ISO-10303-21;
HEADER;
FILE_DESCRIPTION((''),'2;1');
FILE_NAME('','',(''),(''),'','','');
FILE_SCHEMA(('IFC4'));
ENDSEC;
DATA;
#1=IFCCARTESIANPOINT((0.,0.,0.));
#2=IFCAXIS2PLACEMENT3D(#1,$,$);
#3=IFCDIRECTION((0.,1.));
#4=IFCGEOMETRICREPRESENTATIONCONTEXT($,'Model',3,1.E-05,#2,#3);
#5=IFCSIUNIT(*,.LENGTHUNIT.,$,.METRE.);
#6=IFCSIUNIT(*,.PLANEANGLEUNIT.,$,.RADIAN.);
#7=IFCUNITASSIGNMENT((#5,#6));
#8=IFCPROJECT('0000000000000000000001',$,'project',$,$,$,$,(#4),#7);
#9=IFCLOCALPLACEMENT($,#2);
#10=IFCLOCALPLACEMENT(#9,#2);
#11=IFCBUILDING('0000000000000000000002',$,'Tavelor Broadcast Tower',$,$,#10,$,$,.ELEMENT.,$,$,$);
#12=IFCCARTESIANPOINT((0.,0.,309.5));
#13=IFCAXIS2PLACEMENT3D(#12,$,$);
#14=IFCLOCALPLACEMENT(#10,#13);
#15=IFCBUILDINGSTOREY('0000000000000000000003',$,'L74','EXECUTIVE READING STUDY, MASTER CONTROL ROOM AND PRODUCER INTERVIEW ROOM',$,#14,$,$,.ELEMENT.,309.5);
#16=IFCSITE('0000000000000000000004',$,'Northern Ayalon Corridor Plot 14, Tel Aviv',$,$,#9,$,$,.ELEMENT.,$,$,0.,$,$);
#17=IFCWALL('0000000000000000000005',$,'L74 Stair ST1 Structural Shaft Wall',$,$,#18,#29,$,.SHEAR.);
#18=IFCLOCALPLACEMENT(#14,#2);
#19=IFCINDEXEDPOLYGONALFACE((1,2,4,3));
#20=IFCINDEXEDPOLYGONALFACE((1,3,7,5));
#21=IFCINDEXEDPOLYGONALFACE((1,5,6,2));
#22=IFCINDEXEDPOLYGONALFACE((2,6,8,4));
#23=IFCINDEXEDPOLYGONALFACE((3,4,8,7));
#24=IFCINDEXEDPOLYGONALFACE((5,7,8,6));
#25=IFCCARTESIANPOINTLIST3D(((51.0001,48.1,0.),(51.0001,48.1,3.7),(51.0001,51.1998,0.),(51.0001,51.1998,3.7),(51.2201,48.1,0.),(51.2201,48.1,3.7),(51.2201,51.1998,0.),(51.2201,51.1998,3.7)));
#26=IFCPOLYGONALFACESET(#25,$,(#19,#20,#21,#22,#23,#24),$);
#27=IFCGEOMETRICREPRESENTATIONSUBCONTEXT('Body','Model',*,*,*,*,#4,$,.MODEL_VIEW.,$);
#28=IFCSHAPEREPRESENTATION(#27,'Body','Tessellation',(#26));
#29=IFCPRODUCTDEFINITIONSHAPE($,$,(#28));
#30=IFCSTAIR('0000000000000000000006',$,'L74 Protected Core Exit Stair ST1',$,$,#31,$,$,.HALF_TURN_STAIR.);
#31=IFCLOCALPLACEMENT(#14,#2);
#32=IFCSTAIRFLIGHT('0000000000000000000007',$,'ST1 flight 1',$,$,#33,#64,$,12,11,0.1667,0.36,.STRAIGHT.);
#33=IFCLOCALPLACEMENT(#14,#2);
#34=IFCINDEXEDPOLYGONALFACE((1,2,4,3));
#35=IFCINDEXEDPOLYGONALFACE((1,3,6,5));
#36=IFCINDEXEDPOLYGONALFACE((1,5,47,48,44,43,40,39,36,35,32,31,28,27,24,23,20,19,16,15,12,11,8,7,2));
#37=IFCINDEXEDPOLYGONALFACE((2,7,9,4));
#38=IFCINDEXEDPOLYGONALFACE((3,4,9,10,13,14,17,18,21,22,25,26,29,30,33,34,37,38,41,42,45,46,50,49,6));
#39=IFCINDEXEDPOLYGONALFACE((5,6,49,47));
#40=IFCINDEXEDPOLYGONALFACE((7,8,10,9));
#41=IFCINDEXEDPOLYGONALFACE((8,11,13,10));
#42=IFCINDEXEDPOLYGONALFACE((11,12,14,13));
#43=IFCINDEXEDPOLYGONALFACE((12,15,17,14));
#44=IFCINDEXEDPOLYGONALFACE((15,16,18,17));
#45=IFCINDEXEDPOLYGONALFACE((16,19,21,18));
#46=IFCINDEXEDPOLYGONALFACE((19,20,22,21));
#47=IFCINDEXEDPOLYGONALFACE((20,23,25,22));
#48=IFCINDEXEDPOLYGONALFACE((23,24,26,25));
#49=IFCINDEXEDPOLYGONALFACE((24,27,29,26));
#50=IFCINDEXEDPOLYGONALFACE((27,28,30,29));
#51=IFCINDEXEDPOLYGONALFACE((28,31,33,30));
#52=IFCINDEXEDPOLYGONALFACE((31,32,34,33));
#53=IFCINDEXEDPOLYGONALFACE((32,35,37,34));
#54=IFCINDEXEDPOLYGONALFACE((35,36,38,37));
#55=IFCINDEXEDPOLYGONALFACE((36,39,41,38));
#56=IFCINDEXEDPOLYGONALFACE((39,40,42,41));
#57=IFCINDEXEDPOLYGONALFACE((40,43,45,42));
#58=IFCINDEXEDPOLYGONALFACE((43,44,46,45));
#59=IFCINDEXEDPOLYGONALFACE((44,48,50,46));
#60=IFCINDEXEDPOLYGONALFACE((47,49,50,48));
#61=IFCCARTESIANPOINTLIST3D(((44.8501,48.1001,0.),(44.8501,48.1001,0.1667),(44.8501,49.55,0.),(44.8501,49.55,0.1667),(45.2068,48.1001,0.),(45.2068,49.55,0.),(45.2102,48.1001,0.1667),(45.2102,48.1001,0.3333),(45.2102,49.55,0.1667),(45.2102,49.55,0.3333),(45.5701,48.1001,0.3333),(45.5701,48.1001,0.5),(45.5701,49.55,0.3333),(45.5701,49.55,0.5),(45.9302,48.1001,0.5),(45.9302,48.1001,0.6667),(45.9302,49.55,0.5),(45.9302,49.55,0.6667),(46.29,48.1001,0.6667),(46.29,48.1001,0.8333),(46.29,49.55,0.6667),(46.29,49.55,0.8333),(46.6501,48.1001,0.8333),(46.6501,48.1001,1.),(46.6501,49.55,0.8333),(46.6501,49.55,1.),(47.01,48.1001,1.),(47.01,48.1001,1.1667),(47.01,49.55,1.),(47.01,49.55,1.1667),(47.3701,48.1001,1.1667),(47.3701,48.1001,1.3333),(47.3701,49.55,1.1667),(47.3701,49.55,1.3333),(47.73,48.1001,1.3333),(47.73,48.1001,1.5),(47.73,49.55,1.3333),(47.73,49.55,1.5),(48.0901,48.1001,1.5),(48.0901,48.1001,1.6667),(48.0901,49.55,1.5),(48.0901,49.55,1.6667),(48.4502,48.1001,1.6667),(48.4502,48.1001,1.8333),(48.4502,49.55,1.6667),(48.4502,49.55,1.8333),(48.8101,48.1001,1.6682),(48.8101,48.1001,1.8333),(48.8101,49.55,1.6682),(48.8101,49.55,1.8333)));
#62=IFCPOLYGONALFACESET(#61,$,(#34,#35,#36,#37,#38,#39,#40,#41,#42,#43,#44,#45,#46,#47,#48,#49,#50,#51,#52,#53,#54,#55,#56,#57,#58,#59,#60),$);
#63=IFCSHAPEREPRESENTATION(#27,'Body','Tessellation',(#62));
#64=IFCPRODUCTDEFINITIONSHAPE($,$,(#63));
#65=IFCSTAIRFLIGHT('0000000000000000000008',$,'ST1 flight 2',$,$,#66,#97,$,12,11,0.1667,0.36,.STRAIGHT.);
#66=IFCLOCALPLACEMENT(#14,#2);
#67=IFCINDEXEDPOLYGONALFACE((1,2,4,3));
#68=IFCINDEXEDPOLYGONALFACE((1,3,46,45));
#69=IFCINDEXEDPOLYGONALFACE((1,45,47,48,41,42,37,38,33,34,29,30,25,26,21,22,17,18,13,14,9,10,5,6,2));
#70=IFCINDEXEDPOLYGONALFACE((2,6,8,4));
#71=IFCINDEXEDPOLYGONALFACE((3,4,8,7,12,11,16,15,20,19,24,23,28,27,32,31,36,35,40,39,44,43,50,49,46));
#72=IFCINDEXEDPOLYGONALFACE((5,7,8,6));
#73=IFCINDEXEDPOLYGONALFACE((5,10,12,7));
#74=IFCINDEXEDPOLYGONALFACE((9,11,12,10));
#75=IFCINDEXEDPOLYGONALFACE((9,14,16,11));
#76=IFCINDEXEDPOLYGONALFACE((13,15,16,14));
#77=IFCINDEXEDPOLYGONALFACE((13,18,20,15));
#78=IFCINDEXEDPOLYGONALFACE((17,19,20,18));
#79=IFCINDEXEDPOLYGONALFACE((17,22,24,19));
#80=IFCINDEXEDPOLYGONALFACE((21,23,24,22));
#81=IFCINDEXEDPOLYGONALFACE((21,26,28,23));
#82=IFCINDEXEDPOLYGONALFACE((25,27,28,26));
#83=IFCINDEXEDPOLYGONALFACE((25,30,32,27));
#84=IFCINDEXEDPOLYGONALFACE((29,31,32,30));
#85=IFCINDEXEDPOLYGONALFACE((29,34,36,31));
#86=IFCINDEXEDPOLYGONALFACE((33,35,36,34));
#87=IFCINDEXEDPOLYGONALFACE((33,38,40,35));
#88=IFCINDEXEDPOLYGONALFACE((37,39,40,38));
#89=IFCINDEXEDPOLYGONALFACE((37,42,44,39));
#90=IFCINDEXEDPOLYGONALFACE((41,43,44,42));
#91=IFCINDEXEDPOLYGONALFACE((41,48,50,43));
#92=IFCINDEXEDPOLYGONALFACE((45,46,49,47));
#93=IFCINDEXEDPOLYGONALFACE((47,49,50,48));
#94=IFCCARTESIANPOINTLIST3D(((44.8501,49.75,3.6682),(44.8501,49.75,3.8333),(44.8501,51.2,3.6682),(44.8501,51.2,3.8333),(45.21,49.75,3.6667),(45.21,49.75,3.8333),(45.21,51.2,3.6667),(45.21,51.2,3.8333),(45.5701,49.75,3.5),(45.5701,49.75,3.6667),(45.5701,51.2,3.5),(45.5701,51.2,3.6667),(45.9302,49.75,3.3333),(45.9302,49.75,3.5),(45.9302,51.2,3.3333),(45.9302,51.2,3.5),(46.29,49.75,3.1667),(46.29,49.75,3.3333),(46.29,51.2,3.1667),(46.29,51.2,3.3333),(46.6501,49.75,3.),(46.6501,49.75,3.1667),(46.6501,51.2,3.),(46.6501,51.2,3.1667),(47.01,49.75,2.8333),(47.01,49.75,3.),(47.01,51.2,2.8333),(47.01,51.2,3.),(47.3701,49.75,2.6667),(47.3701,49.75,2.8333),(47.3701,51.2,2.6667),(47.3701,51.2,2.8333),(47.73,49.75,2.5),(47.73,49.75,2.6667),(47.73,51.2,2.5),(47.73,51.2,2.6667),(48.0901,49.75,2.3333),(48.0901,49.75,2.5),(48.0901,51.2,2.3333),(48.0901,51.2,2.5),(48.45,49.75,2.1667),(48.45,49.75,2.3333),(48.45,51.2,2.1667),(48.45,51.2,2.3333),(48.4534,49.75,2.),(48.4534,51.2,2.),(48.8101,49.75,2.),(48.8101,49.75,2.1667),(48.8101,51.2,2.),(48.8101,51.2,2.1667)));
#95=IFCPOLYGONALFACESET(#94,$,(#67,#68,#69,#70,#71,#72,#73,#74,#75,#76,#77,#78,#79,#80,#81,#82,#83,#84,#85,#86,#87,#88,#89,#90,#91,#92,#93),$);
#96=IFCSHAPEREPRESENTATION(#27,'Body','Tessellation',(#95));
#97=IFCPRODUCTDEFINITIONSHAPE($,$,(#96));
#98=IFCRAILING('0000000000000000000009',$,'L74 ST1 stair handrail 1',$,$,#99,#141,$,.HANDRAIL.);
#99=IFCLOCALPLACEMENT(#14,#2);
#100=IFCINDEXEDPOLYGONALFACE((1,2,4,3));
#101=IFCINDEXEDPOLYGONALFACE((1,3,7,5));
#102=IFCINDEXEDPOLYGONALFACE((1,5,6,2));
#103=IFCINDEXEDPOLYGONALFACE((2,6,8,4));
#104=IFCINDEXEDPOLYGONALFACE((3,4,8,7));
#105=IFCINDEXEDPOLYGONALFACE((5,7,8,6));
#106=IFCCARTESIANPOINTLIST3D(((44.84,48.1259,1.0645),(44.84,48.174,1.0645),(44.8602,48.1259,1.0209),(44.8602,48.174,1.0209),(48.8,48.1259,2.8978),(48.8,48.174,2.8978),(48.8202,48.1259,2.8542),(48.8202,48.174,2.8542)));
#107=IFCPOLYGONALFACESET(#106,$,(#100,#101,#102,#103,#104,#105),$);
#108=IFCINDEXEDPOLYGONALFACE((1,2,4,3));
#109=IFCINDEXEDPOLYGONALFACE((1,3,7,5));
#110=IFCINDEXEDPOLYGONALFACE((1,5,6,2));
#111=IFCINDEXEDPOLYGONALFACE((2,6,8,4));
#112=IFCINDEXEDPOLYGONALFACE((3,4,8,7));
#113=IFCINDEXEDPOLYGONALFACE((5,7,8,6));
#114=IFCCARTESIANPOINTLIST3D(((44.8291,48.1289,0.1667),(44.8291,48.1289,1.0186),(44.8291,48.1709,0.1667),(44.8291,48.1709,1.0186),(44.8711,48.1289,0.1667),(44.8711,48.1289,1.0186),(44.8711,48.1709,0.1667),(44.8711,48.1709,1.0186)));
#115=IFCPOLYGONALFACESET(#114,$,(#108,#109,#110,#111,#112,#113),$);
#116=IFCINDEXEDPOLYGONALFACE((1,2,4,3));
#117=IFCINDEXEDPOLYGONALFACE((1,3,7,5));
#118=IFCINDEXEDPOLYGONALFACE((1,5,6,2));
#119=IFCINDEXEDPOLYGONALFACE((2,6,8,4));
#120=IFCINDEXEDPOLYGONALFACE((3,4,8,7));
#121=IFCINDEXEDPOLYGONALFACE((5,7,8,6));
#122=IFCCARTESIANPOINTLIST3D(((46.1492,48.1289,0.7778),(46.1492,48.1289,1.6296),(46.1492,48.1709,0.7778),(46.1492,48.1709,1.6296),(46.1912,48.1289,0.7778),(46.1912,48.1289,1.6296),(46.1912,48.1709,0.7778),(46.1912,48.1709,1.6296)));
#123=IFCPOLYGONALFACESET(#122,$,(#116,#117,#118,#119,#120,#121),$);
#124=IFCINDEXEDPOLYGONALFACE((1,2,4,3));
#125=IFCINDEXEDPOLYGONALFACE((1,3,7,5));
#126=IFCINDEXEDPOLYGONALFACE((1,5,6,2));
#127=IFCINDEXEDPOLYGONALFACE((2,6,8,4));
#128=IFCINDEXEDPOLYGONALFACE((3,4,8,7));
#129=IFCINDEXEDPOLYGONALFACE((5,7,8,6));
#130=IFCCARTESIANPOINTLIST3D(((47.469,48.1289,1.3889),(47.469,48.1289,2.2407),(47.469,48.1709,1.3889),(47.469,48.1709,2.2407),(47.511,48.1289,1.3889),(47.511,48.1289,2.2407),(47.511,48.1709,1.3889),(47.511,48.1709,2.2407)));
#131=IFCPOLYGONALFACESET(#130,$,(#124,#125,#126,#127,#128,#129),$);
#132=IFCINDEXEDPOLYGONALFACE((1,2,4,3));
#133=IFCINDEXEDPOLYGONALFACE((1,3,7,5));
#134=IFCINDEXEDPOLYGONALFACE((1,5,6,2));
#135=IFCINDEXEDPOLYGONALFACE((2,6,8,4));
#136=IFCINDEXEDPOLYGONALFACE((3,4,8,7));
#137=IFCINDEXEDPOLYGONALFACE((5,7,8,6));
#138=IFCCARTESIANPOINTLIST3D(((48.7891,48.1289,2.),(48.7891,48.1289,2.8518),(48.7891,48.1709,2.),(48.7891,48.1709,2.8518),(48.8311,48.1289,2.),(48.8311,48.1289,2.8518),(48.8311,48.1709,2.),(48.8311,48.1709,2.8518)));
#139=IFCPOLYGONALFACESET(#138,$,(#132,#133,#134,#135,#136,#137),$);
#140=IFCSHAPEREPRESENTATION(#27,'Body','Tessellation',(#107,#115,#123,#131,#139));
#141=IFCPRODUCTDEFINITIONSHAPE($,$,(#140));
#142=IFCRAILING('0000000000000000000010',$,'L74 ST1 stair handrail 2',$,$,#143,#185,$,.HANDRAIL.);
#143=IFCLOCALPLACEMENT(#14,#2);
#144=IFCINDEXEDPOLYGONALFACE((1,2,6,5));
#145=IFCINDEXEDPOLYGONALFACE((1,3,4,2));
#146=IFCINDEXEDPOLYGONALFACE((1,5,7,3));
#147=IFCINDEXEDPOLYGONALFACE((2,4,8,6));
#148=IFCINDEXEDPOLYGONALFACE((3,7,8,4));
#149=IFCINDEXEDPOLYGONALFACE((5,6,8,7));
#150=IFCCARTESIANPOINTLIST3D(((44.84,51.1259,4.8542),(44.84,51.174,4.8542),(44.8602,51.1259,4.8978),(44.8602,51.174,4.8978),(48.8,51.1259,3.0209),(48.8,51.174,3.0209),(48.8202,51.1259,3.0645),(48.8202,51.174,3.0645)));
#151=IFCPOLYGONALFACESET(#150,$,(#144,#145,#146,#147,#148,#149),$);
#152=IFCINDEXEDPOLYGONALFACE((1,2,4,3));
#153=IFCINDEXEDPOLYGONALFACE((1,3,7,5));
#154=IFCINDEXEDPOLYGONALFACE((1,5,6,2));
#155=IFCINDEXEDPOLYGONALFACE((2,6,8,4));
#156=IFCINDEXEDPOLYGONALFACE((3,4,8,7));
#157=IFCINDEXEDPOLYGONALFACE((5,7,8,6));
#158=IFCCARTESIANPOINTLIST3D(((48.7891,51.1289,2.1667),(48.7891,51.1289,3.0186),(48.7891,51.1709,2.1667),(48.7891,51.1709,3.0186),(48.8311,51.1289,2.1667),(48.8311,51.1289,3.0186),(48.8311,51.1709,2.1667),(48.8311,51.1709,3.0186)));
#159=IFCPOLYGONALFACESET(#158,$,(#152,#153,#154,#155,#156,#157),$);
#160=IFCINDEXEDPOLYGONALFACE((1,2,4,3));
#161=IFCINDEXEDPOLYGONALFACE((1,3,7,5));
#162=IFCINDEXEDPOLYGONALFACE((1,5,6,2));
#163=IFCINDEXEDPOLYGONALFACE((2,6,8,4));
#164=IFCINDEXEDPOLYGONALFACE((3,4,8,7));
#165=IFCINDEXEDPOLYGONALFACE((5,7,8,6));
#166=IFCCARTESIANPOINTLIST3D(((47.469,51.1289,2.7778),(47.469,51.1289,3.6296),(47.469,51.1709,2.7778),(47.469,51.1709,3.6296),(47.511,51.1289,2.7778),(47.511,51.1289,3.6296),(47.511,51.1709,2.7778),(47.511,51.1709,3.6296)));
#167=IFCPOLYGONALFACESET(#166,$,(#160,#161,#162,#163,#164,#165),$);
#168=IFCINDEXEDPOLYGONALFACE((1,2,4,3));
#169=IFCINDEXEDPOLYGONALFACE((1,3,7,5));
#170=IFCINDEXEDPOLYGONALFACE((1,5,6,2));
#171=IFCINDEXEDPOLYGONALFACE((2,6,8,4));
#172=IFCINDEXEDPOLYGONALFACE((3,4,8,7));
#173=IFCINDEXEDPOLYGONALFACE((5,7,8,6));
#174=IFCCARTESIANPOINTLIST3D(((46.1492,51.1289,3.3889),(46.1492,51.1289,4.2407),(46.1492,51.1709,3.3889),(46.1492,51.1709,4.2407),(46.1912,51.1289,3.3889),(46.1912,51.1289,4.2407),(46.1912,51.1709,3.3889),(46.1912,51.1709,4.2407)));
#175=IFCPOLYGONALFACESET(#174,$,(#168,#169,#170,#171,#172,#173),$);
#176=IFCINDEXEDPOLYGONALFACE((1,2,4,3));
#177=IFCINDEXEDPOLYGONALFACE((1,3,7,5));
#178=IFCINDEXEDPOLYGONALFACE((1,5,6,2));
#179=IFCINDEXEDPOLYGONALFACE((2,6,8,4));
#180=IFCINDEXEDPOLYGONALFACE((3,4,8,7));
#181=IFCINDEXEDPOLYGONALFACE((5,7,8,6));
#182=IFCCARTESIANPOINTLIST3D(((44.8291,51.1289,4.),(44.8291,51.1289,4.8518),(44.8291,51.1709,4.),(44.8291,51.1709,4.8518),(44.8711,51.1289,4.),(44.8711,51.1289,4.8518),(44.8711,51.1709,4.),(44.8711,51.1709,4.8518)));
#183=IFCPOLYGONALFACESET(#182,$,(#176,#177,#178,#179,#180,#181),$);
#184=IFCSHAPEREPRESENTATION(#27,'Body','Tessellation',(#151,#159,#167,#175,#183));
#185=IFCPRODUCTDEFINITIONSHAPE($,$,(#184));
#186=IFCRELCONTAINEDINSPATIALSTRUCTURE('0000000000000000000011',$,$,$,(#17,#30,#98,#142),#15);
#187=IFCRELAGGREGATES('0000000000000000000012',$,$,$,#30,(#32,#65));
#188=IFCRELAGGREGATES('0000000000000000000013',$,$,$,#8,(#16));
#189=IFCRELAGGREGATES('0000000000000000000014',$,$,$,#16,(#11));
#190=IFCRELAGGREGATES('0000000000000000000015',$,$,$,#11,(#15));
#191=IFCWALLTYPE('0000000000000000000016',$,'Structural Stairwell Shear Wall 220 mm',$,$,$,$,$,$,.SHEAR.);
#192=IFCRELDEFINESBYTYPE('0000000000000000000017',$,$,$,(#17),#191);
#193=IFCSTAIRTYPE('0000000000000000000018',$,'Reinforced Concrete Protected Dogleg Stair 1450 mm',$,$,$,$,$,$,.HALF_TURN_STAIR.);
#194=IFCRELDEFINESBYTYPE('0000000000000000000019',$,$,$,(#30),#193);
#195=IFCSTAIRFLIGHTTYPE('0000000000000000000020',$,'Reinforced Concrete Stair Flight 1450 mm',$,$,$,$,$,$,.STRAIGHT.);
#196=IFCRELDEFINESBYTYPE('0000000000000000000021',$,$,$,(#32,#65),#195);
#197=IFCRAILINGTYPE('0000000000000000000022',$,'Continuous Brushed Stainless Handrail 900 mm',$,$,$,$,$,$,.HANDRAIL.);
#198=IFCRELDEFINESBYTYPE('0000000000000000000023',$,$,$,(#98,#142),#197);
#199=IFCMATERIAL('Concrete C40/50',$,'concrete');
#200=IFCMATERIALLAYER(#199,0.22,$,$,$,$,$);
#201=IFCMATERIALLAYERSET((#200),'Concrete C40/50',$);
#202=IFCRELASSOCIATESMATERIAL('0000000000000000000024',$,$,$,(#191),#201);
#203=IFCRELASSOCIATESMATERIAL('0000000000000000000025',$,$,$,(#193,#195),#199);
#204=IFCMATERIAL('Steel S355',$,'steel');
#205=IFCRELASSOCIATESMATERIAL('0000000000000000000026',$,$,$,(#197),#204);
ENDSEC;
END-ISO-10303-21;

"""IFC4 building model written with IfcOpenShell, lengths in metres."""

from ifc_helpers import new_model, si_unit, direction, frame, frame_2d, origin, origin_2d, place, context, subcontext, project, spatial, polyline, rectangle, outline, extrude, material, layer, layer_set, type_object, element, aggregate, save


model = new_model("IFC4")

# Units and contexts
model_context = context("Model", 3, precision=1e-05, world=origin(), true_north=direction((0.0, 1.0)))
body_context = subcontext(model_context, "Body", "Model", "MODEL_VIEW")
ifc_project = project(units=[si_unit("LENGTHUNIT", "METRE"), si_unit("PLANEANGLEUNIT", "RADIAN")], contexts=[model_context])

# Site, building, storey
site_placement = place(None, origin())
site = spatial("IfcSite", under=ifc_project, at=site_placement, Name="Northern Ayalon Corridor Plot 14, Tel Aviv", CompositionType="ELEMENT", RefElevation=0.0)
building_placement = place(site_placement, origin())
building = spatial("IfcBuilding", under=site, at=building_placement, Name="Tavelor Broadcast Tower", CompositionType="ELEMENT")
storey_placement = place(building_placement, frame((0.0, 0.0, 309.5)))
storey = spatial("IfcBuildingStorey", under=building, at=storey_placement, Name="L74", Description="EXECUTIVE READING STUDY, MASTER CONTROL ROOM AND PRODUCER INTERVIEW ROOM", CompositionType="ELEMENT", Elevation=309.5)

# Shared definitions
ifc_material_1 = material(Name="Steel S355", Category="steel")

# Wall
ifc_material_2 = material(Name="Concrete C40/50", Category="concrete")
ifc_layer_1 = layer(ifc_material_2, 0.22)
ifc_layer_set_1 = layer_set([ifc_layer_1], Name="Concrete C40/50")
wall_type_1 = type_object("IfcWallType", Name="Structural Stairwell Shear Wall 220 mm", PredefinedType="SHEAR", material=ifc_layer_set_1)
wall_1_placement = place(storey_placement, frame((51.1101, 48.1001, 0.0), z_axis=(0.0, 0.0, 1.0), x_axis=(0.0, 1.0, 0.0)))
element("IfcWall", 1, at=wall_1_placement, inside=storey, type_object=wall_type_1, Name="L74 Stair ST1 Structural Shaft Wall", PredefinedType="SHEAR", context=body_context, shape_type="SweptSolid", body=[
    extrude(rectangle(XDim=3.0999, YDim=0.22, at=frame_2d((1.5498, 0.0))), origin(), (0.0, 0.0, 1.0), 3.7),
])

# Stair, stair flights
stair_type = type_object("IfcStairType", Name="Reinforced Concrete Protected Dogleg Stair 1450 mm", PredefinedType="HALF_TURN_STAIR", material=ifc_material_2)
stair_placement = place(storey_placement, origin())
stair = element("IfcStair", 2, at=stair_placement, inside=storey, type_object=stair_type, Name="L74 Protected Core Exit Stair ST1", PredefinedType="HALF_TURN_STAIR")
stair_flight_type = type_object("IfcStairFlightType", Name="Reinforced Concrete Stair Flight 1450 mm", PredefinedType="STRAIGHT", material=ifc_material_2)
stair_flight_1_placement = place(storey_placement, frame((44.8501, 48.825, 0.0), z_axis=(0.0, 0.0, 1.0), x_axis=(1.0, 0.0, 0.0)))
stair_flight_1 = element("IfcStairFlight", 3, at=stair_flight_1_placement, type_object=stair_flight_type, Name="ST1 flight 1", NumberOfRisers=12, NumberOfTreads=11, PredefinedType="STRAIGHT", RiserHeight=0.1667, TreadLength=0.36, context=body_context, shape_type="SweptSolid", body=[
    extrude(outline(polyline([(0.0, 0.0), (0.0, 0.1667), (0.3601, 0.1667), (0.3601, 0.3333), (0.72, 0.3333), (0.72, 0.5), (1.0801, 0.5), (1.0801, 0.6667), (1.4399, 0.6667), (1.4399, 0.8333), (1.8, 0.8333), (1.8, 1.0), (2.1599, 1.0), (2.1599, 1.1667), (2.52, 1.1667), (2.52, 1.3333), (2.8799, 1.3333), (2.8799, 1.5), (3.24, 1.5), (3.24, 1.6667), (3.6001, 1.6667), (3.6001, 1.8333), (3.96, 1.8333), (3.96, 2.0), (3.96, 1.6682), (0.3567, 0.0), (0.0, 0.0)])), frame((0.0, 0.7251, 0.0), z_axis=(0.0, -1.0, 0.0), x_axis=(1.0, 0.0, 0.0)), (0.0, 0.0, 1.0), 1.45),
])
stair_flight_2_placement = place(storey_placement, frame((48.8101, 50.4751, 2.0), z_axis=(0.0, 0.0, 1.0), x_axis=(-1.0, 0.0, 0.0)))
stair_flight_2 = element("IfcStairFlight", 4, at=stair_flight_2_placement, type_object=stair_flight_type, Name="ST1 flight 2", NumberOfRisers=12, NumberOfTreads=11, PredefinedType="STRAIGHT", RiserHeight=0.1667, TreadLength=0.36, context=body_context, shape_type="SweptSolid", body=[
    extrude(outline(polyline([(0.0, 0.0), (0.0, 0.1667), (0.3601, 0.1667), (0.3601, 0.3333), (0.72, 0.3333), (0.72, 0.5), (1.0801, 0.5), (1.0801, 0.6667), (1.4399, 0.6667), (1.4399, 0.8333), (1.8, 0.8333), (1.8, 1.0), (2.1599, 1.0), (2.1599, 1.1667), (2.52, 1.1667), (2.52, 1.3333), (2.8799, 1.3333), (2.8799, 1.5), (3.24, 1.5), (3.24, 1.6667), (3.6001, 1.6667), (3.6001, 1.8333), (3.96, 1.8333), (3.96, 2.0), (3.96, 1.6682), (0.3567, 0.0), (0.0, 0.0)])), frame((0.0, 0.7251, 0.0), z_axis=(0.0, -1.0, 0.0), x_axis=(1.0, 0.0, 0.0)), (0.0, 0.0, 1.0), 1.45),
])
aggregate(stair, [stair_flight_1, stair_flight_2])

# Railings
railing_type_1 = type_object("IfcRailingType", Name="Continuous Brushed Stainless Handrail 900 mm", PredefinedType="HANDRAIL", material=ifc_material_1)
railing_1_placement = place(storey_placement, frame((44.8501, 48.1499, 0.1667)))
element("IfcRailing", 5, at=railing_1_placement, inside=storey, type_object=railing_type_1, Name="L74 ST1 stair handrail 1", PredefinedType="HANDRAIL", context=body_context, shape_type="SweptSolid", body=[
    extrude(rectangle(XDim=0.0481, YDim=0.0481, at=origin_2d()), frame((0.0, 0.0, 0.876), z_axis=(0.907472, 0.0, 0.420112), x_axis=(0.0, 1.0, 0.0)), (0.0, 0.0, 1.0), 4.3638),
    extrude(rectangle(XDim=0.042, YDim=0.042, at=origin_2d()), origin(), (0.0, 0.0, 1.0), 0.8518),
    extrude(rectangle(XDim=0.042, YDim=0.042, at=origin_2d()), frame((1.3201, 0.0, 0.6111)), (0.0, 0.0, 1.0), 0.8518),
    extrude(rectangle(XDim=0.042, YDim=0.042, at=origin_2d()), frame((2.6399, 0.0, 1.2222)), (0.0, 0.0, 1.0), 0.8518),
    extrude(rectangle(XDim=0.042, YDim=0.042, at=origin_2d()), frame((3.96, 0.0, 1.8333)), (0.0, 0.0, 1.0), 0.8518),
])
railing_2_placement = place(storey_placement, frame((48.8101, 51.1499, 2.1667)))
element("IfcRailing", 6, at=railing_2_placement, inside=storey, type_object=railing_type_1, Name="L74 ST1 stair handrail 2", PredefinedType="HANDRAIL", context=body_context, shape_type="SweptSolid", body=[
    extrude(rectangle(XDim=0.0481, YDim=0.0481, at=origin_2d()), frame((0.0, 0.0, 0.876), z_axis=(-0.907472, 0.0, 0.420112), x_axis=(0.0, -1.0, 0.0)), (0.0, 0.0, 1.0), 4.3638),
    extrude(rectangle(XDim=0.042, YDim=0.042, at=origin_2d()), origin(), (0.0, 0.0, 1.0), 0.8518),
    extrude(rectangle(XDim=0.042, YDim=0.042, at=origin_2d()), frame((-1.3201, 0.0, 0.6111)), (0.0, 0.0, 1.0), 0.8518),
    extrude(rectangle(XDim=0.042, YDim=0.042, at=origin_2d()), frame((-2.6399, 0.0, 1.2222)), (0.0, 0.0, 1.0), 0.8518),
    extrude(rectangle(XDim=0.042, YDim=0.042, at=origin_2d()), frame((-3.96, 0.0, 1.8333)), (0.0, 0.0, 1.0), 0.8518),
])

save(model, "model.ifc")
